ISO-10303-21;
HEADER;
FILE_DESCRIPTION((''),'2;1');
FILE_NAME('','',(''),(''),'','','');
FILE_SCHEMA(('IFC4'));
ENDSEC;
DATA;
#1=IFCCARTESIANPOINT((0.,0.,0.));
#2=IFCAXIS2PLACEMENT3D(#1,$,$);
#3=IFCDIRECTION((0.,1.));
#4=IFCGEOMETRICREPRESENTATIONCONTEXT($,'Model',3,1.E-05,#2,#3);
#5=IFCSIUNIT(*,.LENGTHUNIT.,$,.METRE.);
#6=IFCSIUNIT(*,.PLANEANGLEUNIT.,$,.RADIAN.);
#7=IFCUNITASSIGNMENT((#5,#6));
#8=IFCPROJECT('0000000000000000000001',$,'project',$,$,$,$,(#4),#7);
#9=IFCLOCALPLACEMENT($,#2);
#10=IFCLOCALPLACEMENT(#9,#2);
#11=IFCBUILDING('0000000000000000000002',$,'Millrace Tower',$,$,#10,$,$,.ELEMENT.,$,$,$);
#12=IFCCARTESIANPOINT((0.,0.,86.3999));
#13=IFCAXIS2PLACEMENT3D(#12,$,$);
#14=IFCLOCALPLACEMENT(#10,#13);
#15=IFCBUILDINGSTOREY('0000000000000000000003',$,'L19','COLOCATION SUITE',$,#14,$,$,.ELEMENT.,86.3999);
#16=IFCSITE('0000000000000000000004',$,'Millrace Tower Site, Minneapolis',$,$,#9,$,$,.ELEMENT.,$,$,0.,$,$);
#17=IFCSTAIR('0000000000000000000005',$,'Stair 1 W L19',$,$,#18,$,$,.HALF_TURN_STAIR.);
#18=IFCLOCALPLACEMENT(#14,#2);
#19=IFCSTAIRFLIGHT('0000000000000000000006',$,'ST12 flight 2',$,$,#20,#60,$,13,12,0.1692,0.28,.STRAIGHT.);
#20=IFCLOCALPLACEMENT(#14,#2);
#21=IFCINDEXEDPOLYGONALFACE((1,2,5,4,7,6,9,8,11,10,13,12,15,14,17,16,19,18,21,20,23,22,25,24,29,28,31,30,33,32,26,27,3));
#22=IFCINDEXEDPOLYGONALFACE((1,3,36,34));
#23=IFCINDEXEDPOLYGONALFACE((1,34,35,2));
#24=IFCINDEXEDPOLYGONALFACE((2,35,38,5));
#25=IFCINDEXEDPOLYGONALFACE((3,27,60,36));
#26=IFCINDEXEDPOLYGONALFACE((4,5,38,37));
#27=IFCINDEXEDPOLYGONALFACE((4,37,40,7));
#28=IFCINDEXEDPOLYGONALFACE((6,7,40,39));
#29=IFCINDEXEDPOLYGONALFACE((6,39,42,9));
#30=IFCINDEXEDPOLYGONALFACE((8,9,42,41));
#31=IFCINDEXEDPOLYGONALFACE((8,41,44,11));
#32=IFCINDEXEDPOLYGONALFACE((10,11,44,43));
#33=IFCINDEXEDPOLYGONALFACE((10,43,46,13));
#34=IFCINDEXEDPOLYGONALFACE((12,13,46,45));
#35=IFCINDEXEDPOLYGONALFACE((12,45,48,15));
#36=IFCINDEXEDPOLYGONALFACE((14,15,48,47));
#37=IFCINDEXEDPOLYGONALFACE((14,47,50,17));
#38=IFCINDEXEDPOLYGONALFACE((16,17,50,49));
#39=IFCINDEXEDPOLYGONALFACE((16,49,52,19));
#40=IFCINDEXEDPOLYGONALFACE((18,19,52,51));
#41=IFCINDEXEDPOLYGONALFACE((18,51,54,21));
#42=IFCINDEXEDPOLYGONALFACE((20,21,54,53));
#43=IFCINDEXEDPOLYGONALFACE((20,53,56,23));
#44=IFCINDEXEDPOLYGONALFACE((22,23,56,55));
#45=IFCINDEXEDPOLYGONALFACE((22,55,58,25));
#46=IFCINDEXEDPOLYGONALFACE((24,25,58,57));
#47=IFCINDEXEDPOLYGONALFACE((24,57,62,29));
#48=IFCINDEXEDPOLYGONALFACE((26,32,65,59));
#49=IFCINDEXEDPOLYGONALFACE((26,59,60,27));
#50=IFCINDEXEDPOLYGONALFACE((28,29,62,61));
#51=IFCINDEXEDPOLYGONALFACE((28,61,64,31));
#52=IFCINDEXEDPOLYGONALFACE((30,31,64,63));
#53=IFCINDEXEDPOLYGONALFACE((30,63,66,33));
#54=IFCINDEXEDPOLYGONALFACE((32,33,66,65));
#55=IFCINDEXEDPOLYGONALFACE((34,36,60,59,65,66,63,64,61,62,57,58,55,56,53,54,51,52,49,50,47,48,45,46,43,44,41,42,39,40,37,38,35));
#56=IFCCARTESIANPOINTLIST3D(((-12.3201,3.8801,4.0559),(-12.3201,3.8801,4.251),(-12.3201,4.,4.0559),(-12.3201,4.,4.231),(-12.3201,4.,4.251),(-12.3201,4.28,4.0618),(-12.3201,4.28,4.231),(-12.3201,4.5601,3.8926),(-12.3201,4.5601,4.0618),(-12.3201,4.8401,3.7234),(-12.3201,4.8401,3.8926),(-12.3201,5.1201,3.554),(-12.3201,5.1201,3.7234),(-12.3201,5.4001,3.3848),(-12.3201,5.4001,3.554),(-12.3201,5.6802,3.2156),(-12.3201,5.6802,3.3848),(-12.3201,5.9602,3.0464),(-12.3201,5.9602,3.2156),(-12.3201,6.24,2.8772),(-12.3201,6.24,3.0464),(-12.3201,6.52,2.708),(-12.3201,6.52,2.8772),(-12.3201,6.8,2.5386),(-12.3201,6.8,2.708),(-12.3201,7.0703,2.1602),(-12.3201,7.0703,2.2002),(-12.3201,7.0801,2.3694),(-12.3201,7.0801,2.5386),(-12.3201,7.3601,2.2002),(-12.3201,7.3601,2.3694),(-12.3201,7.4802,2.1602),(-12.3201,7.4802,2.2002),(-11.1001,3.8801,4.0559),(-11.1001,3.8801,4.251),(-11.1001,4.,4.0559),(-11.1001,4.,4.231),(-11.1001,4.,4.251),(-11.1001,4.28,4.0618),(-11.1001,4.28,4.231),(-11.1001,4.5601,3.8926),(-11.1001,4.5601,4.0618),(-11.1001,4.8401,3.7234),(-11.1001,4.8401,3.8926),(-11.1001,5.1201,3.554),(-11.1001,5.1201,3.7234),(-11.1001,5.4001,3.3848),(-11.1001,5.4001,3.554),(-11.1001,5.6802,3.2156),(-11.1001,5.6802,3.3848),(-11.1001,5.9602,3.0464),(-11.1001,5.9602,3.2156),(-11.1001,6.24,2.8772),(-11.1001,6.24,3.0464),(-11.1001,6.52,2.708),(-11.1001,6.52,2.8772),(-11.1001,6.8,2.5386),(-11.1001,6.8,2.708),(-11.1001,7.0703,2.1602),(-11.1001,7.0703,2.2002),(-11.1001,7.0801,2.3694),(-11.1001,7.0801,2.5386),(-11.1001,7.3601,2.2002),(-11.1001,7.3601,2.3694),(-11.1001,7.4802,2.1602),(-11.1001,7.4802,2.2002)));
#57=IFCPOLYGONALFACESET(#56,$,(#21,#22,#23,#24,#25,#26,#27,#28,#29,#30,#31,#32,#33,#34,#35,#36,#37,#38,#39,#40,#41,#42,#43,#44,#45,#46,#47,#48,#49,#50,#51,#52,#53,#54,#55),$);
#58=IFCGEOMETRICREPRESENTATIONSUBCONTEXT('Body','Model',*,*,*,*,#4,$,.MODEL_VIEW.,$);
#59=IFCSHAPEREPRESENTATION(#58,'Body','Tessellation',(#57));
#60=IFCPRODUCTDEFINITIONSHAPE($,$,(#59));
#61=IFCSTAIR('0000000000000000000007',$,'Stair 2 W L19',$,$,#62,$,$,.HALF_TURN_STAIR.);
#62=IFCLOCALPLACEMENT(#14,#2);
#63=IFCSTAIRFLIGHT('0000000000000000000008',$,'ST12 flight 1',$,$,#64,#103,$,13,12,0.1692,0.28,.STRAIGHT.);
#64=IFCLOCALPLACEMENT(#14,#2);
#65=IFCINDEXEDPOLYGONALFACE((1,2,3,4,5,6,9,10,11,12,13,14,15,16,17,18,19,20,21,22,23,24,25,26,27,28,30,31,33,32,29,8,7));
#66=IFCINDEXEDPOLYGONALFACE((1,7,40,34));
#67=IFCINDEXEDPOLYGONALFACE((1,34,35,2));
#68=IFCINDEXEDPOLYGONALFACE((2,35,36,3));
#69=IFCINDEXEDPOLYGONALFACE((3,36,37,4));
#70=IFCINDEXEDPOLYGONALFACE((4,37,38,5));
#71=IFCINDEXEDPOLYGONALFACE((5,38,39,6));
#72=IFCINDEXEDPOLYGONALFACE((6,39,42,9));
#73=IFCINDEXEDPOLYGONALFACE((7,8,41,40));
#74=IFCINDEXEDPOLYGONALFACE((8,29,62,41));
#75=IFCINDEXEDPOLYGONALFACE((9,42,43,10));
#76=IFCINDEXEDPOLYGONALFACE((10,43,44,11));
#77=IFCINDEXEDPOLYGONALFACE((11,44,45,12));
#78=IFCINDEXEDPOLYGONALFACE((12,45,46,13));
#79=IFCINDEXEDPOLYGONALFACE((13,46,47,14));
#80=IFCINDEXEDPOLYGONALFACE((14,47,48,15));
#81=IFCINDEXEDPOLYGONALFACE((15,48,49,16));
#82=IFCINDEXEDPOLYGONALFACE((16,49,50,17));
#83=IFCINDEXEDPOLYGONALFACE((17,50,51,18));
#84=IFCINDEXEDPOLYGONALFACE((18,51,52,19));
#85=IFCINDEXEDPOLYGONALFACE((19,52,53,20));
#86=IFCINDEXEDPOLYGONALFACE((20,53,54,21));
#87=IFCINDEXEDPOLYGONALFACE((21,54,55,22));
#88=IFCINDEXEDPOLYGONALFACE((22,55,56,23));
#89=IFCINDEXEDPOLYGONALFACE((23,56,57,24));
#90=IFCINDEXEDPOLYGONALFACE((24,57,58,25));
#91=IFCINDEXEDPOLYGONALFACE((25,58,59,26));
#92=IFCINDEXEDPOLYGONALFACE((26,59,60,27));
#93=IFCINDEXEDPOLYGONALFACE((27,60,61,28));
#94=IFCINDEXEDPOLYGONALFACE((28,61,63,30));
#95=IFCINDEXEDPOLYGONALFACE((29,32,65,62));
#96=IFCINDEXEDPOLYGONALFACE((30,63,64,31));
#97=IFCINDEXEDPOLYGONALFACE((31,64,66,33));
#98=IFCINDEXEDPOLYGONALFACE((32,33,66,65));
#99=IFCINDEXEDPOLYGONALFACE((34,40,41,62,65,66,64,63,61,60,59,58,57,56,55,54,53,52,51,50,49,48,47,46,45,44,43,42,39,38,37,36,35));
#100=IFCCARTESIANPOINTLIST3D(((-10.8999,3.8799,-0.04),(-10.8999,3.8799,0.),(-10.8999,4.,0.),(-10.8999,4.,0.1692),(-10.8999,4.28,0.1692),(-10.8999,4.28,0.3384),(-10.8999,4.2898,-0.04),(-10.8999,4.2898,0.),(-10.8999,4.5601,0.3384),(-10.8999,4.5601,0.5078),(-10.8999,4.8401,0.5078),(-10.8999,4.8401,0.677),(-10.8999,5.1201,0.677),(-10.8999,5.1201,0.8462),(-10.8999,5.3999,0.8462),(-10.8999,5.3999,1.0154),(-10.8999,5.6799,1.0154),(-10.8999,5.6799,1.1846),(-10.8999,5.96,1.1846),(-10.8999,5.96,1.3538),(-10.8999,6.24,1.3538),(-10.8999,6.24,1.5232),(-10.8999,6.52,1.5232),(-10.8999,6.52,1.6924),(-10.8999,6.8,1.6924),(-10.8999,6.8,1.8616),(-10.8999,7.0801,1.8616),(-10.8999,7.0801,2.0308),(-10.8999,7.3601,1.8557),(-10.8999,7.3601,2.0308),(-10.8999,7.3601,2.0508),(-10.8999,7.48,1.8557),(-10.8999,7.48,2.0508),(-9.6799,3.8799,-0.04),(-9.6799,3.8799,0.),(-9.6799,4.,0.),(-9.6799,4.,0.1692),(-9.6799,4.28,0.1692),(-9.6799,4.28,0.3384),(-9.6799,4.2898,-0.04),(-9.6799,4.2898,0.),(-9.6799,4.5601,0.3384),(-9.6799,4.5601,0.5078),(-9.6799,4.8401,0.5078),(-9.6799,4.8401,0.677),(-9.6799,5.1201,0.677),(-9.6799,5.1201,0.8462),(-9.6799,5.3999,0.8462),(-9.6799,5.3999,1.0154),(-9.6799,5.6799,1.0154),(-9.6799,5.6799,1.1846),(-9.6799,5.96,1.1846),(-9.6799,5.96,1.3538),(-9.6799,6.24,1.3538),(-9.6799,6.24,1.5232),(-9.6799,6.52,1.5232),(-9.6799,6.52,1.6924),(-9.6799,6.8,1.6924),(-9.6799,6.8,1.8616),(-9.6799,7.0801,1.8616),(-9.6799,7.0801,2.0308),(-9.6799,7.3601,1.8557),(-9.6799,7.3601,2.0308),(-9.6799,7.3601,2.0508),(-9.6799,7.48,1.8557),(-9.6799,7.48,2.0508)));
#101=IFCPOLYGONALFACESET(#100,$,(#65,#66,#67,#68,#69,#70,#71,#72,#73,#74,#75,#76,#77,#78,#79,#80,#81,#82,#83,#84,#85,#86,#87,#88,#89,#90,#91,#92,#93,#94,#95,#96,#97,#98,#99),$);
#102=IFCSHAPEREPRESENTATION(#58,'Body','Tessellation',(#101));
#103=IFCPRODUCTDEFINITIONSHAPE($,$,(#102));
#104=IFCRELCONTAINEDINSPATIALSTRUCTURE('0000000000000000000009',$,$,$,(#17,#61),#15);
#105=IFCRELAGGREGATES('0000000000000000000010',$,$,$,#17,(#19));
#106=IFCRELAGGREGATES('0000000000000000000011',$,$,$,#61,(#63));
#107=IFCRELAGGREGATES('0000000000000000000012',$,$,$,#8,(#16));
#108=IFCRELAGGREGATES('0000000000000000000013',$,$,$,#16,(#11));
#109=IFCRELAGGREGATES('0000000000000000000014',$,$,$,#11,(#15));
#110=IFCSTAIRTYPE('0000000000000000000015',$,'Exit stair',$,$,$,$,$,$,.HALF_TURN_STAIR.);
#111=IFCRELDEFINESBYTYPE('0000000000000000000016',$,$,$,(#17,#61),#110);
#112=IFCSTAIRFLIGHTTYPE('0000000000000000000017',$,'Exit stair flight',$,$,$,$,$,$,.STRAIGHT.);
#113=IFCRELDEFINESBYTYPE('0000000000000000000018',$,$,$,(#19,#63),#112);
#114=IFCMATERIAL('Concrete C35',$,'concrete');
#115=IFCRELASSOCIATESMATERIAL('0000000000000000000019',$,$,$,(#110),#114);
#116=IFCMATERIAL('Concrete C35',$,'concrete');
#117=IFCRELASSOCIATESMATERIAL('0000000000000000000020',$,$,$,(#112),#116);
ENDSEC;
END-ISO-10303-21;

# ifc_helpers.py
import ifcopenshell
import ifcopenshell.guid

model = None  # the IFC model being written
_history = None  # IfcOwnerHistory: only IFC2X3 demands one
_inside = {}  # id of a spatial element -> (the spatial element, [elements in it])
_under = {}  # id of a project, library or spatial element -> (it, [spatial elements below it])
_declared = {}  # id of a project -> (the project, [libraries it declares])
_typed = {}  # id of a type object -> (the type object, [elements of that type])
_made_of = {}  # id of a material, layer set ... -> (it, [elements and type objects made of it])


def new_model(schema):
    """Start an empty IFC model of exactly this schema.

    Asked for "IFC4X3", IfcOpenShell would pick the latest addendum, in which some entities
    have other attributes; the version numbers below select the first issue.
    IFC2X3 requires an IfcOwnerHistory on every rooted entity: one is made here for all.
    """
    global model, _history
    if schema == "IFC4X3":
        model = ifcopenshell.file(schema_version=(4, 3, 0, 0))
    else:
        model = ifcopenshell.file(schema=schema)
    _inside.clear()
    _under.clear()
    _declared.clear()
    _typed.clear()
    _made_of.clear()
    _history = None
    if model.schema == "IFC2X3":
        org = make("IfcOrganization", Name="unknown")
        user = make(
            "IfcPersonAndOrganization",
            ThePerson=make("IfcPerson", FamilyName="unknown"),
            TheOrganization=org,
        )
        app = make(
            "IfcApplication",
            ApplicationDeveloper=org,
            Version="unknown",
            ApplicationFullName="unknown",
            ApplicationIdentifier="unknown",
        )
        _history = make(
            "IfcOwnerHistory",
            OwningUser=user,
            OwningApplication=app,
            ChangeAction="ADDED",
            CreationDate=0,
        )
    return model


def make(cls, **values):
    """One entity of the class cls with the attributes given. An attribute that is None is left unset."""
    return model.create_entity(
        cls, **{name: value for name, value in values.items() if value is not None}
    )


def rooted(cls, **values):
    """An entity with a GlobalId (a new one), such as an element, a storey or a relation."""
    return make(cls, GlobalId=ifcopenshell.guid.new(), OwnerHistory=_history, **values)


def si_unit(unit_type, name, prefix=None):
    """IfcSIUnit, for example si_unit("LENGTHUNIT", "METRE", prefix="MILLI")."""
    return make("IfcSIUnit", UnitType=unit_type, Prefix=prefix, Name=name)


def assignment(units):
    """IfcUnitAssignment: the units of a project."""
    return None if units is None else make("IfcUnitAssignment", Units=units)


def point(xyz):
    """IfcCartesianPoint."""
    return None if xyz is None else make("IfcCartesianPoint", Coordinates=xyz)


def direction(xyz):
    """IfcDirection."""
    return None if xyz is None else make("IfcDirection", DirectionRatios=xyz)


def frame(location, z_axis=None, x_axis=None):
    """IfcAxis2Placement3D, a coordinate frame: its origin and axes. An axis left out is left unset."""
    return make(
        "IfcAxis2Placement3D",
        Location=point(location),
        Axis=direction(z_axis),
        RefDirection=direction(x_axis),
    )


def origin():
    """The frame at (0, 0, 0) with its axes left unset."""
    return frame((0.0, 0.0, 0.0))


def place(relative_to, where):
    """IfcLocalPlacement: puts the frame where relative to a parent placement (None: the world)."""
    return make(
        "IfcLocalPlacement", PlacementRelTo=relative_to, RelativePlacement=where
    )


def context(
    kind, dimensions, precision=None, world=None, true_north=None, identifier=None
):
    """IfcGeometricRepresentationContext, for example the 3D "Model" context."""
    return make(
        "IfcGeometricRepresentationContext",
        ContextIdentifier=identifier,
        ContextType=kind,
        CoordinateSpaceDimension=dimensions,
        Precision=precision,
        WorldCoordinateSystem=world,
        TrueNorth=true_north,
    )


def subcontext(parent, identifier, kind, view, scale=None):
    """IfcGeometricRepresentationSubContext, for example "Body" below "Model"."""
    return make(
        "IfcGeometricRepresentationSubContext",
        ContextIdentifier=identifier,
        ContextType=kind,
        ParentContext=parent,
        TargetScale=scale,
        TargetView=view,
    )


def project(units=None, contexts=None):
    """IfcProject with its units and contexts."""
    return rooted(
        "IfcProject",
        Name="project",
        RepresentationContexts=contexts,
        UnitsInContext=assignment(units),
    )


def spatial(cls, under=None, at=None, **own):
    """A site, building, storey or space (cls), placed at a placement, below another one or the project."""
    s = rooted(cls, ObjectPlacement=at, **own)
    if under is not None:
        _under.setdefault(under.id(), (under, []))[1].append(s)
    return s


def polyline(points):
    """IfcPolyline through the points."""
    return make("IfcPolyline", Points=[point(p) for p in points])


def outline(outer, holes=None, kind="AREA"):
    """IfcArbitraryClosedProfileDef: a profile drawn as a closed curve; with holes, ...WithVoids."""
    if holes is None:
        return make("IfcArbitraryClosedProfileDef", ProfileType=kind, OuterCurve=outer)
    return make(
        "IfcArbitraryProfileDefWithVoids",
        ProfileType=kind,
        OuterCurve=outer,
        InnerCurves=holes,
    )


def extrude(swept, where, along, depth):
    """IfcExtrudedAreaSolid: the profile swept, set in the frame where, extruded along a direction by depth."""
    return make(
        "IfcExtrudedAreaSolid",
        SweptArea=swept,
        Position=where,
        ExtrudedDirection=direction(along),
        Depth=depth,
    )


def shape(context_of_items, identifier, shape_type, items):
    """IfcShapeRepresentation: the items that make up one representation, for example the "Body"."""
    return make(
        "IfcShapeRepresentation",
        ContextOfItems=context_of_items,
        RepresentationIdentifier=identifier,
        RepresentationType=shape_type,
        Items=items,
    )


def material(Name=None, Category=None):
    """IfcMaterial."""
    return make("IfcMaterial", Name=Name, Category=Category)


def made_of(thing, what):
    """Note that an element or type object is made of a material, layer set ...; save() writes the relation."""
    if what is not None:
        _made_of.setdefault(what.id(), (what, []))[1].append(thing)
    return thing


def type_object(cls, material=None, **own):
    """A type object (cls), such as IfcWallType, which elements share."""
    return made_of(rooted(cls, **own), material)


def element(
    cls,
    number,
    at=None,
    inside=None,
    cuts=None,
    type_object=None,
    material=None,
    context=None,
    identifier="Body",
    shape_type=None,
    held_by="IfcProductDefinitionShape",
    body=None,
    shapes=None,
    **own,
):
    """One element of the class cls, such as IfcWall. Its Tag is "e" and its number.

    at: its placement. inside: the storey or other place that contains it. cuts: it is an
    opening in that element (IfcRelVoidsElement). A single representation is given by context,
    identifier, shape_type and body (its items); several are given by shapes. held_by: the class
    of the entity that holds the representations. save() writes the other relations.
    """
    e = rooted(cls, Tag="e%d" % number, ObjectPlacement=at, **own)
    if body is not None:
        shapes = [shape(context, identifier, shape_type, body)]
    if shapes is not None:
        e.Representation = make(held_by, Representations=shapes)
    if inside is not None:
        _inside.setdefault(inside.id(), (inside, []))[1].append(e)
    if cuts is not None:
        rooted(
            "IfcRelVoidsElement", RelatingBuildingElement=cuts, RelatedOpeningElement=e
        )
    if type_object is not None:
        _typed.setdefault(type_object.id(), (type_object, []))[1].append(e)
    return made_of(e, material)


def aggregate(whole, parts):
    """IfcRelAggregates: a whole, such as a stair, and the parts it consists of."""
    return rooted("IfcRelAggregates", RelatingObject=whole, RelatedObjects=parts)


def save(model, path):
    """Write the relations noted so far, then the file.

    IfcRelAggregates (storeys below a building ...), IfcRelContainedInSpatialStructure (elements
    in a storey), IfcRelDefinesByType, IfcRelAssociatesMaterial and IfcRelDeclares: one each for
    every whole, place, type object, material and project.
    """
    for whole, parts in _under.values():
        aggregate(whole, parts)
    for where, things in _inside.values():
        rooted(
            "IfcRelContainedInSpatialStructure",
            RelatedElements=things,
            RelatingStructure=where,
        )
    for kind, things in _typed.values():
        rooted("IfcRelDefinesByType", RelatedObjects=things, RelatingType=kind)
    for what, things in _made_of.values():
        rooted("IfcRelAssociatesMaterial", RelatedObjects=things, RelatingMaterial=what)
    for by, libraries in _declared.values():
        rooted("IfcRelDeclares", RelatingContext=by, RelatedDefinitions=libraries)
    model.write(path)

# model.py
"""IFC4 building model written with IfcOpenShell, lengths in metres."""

from ifc_helpers import new_model, si_unit, direction, frame, origin, place, context, subcontext, project, spatial, polyline, outline, extrude, material, type_object, element, aggregate, save


model = new_model("IFC4")

# Units and contexts
model_context = context("Model", 3, precision=1e-05, world=origin(), true_north=direction((0.0, 1.0)))
body_context = subcontext(model_context, "Body", "Model", "MODEL_VIEW")
ifc_project = project(units=[si_unit("LENGTHUNIT", "METRE"), si_unit("PLANEANGLEUNIT", "RADIAN")], contexts=[model_context])

# Site, building, storey
site_placement = place(None, origin())
site = spatial("IfcSite", under=ifc_project, at=site_placement, Name="Millrace Tower Site, Minneapolis", CompositionType="ELEMENT", RefElevation=0.0)
building_placement = place(site_placement, origin())
building = spatial("IfcBuilding", under=site, at=building_placement, Name="Millrace Tower", CompositionType="ELEMENT")
storey_placement = place(building_placement, frame((0.0, 0.0, 86.3999)))
storey = spatial("IfcBuildingStorey", under=building, at=storey_placement, Name="L19", Description="COLOCATION SUITE", CompositionType="ELEMENT", Elevation=86.3999)

# Shared definitions
placement = place(storey_placement, origin())

# Stair, stair flight
ifc_material_1 = material(Name="Concrete C35", Category="concrete")
stair_type = type_object("IfcStairType", Name="Exit stair", PredefinedType="HALF_TURN_STAIR", material=ifc_material_1)
stair_1 = element("IfcStair", 1, at=placement, inside=storey, type_object=stair_type, Name="Stair 1 W L19", PredefinedType="HALF_TURN_STAIR")
ifc_material_2 = material(Name="Concrete C35", Category="concrete")
stair_flight_type = type_object("IfcStairFlightType", Name="Exit stair flight", PredefinedType="STRAIGHT", material=ifc_material_2)
stair_flight_1_placement = place(storey_placement, frame((-11.71, 7.3601, 2.2002), z_axis=(0.0, 0.0, 1.0), x_axis=(0.0, -1.0, 0.0)))
stair_flight_1 = element("IfcStairFlight", 2, at=stair_flight_1_placement, type_object=stair_flight_type, Name="ST12 flight 2", NumberOfRisers=13, NumberOfTreads=12, PredefinedType="STRAIGHT", RiserHeight=0.1692, TreadLength=0.28, context=body_context, shape_type="SweptSolid", body=[
    extrude(outline(polyline([(-0.1201, -0.04), (-0.1201, 0.0), (0.0, 0.0), (0.0, 0.1692), (0.28, 0.1692), (0.28, 0.3384), (0.5601, 0.3384), (0.5601, 0.5078), (0.8401, 0.5078), (0.8401, 0.677), (1.1201, 0.677), (1.1201, 0.8462), (1.3999, 0.8462), (1.3999, 1.0154), (1.6799, 1.0154), (1.6799, 1.1846), (1.96, 1.1846), (1.96, 1.3538), (2.24, 1.3538), (2.24, 1.5232), (2.52, 1.5232), (2.52, 1.6924), (2.8, 1.6924), (2.8, 1.8616), (3.0801, 1.8616), (3.0801, 2.0308), (3.3601, 2.0308), (3.3601, 2.0508), (3.48, 2.0508), (3.48, 1.8557), (3.3601, 1.8557), (0.2898, 0.0), (0.2898, -0.04), (-0.1201, -0.04)])), frame((0.0, 0.6099, 0.0), z_axis=(0.0, -1.0, 0.0), x_axis=(1.0, 0.0, 0.0)), (0.0, 0.0, 1.0), 1.22),
])
aggregate(stair_1, [stair_flight_1])

# Stair, stair flight
stair_2 = element("IfcStair", 3, at=placement, inside=storey, type_object=stair_type, Name="Stair 2 W L19", PredefinedType="HALF_TURN_STAIR")
stair_flight_2_placement = place(storey_placement, frame((-10.29, 4.0, 0.0), z_axis=(0.0, 0.0, 1.0), x_axis=(0.0, 1.0, 0.0)))
stair_flight_2 = element("IfcStairFlight", 4, at=stair_flight_2_placement, type_object=stair_flight_type, Name="ST12 flight 1", NumberOfRisers=13, NumberOfTreads=12, PredefinedType="STRAIGHT", RiserHeight=0.1692, TreadLength=0.28, context=body_context, shape_type="SweptSolid", body=[
    extrude(outline(polyline([(-0.1201, -0.04), (-0.1201, 0.0), (0.0, 0.0), (0.0, 0.1692), (0.28, 0.1692), (0.28, 0.3384), (0.5601, 0.3384), (0.5601, 0.5078), (0.8401, 0.5078), (0.8401, 0.677), (1.1201, 0.677), (1.1201, 0.8462), (1.3999, 0.8462), (1.3999, 1.0154), (1.6799, 1.0154), (1.6799, 1.1846), (1.96, 1.1846), (1.96, 1.3538), (2.24, 1.3538), (2.24, 1.5232), (2.52, 1.5232), (2.52, 1.6924), (2.8, 1.6924), (2.8, 1.8616), (3.0801, 1.8616), (3.0801, 2.0308), (3.3601, 2.0308), (3.3601, 2.0508), (3.48, 2.0508), (3.48, 1.8557), (3.3601, 1.8557), (0.2898, 0.0), (0.2898, -0.04), (-0.1201, -0.04)])), frame((0.0, 0.6099, 0.0), z_axis=(0.0, -1.0, 0.0), x_axis=(1.0, 0.0, 0.0)), (0.0, 0.0, 1.0), 1.22),
])
aggregate(stair_2, [stair_flight_2])

save(model, "model.ifc")
